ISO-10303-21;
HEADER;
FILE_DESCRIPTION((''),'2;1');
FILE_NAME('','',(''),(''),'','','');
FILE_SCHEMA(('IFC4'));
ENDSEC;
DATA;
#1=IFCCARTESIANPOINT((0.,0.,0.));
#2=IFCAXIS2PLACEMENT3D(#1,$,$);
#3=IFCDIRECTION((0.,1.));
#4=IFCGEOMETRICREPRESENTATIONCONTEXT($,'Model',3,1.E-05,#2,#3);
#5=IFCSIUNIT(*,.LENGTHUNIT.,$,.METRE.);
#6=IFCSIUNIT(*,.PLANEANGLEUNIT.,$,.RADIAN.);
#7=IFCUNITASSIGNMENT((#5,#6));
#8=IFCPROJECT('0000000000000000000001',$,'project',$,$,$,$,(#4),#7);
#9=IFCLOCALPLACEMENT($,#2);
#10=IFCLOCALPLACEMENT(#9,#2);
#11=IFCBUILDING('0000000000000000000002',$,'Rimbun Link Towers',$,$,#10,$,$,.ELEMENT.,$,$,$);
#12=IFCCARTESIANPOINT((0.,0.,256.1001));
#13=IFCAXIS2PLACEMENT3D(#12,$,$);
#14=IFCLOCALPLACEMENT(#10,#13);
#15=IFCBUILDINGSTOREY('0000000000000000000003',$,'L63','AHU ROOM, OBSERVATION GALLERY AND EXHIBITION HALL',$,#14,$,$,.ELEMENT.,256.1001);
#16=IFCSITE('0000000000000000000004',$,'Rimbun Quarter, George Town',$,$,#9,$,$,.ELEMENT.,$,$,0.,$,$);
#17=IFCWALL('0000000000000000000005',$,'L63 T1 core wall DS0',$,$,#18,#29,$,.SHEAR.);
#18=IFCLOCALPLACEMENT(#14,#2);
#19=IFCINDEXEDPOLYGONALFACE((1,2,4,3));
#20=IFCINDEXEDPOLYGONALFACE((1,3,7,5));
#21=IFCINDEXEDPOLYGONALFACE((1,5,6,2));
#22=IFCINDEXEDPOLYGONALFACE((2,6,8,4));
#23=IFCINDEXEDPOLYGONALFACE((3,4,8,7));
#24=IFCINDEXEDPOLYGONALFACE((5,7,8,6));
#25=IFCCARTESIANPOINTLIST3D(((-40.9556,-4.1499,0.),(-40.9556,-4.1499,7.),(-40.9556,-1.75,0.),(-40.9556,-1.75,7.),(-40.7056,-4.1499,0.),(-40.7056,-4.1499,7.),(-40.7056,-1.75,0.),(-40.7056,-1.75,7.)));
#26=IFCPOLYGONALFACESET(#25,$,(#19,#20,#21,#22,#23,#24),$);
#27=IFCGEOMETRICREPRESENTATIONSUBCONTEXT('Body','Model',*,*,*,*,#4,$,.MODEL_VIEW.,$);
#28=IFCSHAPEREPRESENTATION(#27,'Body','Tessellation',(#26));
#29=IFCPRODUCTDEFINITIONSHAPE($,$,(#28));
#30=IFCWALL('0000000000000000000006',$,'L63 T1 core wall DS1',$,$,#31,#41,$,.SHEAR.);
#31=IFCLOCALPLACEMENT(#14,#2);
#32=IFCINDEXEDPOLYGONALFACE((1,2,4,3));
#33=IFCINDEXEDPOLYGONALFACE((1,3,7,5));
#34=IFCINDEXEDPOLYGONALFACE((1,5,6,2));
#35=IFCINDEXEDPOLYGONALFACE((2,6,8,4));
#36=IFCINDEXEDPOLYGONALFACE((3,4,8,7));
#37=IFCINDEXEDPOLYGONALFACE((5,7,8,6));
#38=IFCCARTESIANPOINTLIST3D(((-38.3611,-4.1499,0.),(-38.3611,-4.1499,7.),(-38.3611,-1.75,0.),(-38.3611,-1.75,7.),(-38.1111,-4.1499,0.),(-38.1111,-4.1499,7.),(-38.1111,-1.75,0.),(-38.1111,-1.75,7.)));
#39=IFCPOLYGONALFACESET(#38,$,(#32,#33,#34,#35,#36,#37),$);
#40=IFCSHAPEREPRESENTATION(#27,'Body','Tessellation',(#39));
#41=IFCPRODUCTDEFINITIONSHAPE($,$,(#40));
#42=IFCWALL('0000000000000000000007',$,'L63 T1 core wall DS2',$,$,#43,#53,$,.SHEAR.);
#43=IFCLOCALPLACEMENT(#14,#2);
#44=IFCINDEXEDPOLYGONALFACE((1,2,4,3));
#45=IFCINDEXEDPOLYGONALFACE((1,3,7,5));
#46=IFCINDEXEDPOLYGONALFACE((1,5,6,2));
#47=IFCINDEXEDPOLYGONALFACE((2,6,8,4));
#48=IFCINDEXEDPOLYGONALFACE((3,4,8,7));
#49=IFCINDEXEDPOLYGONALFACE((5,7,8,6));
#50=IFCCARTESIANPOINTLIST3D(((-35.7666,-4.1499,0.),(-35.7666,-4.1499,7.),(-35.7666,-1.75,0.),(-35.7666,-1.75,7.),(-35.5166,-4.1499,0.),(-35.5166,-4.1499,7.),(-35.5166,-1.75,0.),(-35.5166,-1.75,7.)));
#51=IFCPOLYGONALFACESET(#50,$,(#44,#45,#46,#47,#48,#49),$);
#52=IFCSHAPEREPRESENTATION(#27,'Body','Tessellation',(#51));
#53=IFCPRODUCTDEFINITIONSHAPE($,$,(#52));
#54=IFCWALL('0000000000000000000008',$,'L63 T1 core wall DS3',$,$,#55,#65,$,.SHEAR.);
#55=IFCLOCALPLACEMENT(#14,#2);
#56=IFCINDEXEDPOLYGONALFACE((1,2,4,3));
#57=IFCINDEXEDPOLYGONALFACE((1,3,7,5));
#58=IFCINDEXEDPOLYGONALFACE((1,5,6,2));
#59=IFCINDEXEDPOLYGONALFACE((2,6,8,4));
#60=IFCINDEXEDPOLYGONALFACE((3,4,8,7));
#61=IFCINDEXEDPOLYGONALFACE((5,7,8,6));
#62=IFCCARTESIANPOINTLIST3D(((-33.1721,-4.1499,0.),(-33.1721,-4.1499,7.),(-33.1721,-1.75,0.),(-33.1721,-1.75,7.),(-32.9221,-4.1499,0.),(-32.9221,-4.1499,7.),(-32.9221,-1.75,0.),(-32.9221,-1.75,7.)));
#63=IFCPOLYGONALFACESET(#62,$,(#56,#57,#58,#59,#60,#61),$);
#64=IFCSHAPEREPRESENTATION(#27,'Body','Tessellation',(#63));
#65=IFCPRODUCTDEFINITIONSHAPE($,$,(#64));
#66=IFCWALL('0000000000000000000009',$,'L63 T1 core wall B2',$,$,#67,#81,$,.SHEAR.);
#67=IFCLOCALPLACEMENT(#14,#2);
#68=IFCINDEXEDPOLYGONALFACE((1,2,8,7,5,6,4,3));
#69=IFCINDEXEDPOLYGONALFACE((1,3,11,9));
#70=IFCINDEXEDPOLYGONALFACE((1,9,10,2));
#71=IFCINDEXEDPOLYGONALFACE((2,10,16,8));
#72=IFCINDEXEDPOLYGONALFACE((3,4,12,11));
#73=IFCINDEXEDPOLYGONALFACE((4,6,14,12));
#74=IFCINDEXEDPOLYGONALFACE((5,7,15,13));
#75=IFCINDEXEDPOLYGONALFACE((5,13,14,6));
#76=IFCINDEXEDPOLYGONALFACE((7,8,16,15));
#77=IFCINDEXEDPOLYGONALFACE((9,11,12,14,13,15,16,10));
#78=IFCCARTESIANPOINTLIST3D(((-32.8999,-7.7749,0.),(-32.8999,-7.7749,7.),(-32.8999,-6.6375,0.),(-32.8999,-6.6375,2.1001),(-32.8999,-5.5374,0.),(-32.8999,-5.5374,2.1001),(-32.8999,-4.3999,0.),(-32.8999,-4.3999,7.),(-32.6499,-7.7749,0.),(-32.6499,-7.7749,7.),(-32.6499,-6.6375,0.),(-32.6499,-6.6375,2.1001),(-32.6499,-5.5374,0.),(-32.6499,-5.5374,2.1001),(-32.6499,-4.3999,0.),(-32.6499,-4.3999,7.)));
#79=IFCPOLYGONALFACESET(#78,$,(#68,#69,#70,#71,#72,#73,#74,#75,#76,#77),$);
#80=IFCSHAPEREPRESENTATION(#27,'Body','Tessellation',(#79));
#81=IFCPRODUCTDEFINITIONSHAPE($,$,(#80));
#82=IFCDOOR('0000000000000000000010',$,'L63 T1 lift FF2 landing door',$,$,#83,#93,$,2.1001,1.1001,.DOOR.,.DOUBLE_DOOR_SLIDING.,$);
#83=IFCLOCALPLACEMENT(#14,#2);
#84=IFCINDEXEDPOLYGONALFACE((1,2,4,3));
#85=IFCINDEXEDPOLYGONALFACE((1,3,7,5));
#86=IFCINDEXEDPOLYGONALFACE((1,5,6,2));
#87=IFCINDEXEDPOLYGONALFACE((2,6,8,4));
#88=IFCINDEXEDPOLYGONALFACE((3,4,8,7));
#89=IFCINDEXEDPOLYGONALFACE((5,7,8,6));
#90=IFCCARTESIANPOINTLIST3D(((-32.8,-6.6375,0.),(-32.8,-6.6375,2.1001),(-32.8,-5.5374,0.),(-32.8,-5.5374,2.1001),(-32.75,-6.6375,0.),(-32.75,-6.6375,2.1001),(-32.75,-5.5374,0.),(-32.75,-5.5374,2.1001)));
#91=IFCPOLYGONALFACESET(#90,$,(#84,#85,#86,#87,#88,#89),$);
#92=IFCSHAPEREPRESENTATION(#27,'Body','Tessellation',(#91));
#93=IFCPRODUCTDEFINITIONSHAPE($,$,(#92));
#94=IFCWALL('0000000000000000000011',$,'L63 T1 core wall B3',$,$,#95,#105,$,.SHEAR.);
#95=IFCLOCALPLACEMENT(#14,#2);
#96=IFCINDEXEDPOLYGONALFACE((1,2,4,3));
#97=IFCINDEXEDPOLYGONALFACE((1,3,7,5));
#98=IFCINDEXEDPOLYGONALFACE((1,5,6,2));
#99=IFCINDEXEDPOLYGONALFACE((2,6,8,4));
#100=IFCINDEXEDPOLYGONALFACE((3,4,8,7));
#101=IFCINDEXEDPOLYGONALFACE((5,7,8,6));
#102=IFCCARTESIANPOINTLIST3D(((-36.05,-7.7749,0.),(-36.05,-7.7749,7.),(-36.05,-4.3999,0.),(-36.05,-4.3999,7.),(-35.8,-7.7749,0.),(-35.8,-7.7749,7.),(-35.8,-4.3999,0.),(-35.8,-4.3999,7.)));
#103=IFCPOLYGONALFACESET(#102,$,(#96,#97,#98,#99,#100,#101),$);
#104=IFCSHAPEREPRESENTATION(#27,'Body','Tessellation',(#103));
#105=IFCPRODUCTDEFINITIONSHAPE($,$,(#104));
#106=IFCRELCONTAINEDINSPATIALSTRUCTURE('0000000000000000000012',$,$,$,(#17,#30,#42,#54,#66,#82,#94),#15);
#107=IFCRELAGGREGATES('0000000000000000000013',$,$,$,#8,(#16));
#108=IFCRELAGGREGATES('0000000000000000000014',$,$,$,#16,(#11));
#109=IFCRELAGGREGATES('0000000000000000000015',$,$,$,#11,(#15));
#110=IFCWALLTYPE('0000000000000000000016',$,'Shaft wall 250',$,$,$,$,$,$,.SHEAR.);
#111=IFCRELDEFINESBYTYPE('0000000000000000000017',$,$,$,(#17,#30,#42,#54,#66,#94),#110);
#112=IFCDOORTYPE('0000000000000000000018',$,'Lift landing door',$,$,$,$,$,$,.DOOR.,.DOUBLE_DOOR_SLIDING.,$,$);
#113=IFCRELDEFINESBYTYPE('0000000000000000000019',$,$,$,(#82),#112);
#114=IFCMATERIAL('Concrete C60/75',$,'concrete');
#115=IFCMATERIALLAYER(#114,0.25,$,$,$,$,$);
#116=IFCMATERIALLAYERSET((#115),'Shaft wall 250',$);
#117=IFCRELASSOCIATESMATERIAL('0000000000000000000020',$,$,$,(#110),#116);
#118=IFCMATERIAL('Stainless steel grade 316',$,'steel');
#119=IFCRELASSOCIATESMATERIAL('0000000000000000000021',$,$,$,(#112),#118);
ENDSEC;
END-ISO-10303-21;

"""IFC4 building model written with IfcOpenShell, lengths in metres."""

from ifc_helpers import new_model, si_unit, direction, frame, frame_2d, origin, place, context, subcontext, project, spatial, rectangle, extrude, material, layer, layer_set, type_object, element, fill, save


model = new_model("IFC4")

# Units and contexts
model_context = context("Model", 3, precision=1e-05, world=origin(), true_north=direction((0.0, 1.0)))
body_context = subcontext(model_context, "Body", "Model", "MODEL_VIEW")
ifc_project = project(units=[si_unit("LENGTHUNIT", "METRE"), si_unit("PLANEANGLEUNIT", "RADIAN")], contexts=[model_context])

# Site, building, storey
site_placement = place(None, origin())
site = spatial("IfcSite", under=ifc_project, at=site_placement, Name="Rimbun Quarter, George Town", CompositionType="ELEMENT", RefElevation=0.0)
building_placement = place(site_placement, origin())
building = spatial("IfcBuilding", under=site, at=building_placement, Name="Rimbun Link Towers", CompositionType="ELEMENT")
storey_placement = place(building_placement, frame((0.0, 0.0, 256.1001)))
storey = spatial("IfcBuildingStorey", under=building, at=storey_placement, Name="L63", Description="AHU ROOM, OBSERVATION GALLERY AND EXHIBITION HALL", CompositionType="ELEMENT", Elevation=256.1001)

# Shared definitions
ifc_material_1 = material(Name="Concrete C60/75", Category="concrete")
ifc_layer = layer(ifc_material_1, 0.25)
ifc_layer_set = layer_set([ifc_layer], Name="Shaft wall 250")
wall_type = type_object("IfcWallType", Name="Shaft wall 250", PredefinedType="SHEAR", material=ifc_layer_set)

# Shared definitions
ifc_material_2 = material(Name="Stainless steel grade 316", Category="steel")
door_type_1 = type_object("IfcDoorType", Name="Lift landing door", OperationType="DOUBLE_DOOR_SLIDING", PredefinedType="DOOR", material=ifc_material_2)

# Walls
for number, where, z_axis, x_axis, name in (
    (1, (-40.8306, -4.1499, 0.0), (0.0, 0.0, 1.0), (0.0, 1.0, 0.0), "L63 T1 core wall DS0"),
    (2, (-38.2361, -4.1499, 0.0), (0.0, 0.0, 1.0), (0.0, 1.0, 0.0), "L63 T1 core wall DS1"),
    (3, (-35.6416, -4.1499, 0.0), (0.0, 0.0, 1.0), (0.0, 1.0, 0.0), "L63 T1 core wall DS2"),
    (4, (-33.0471, -4.1499, 0.0), (0.0, 0.0, 1.0), (0.0, 1.0, 0.0), "L63 T1 core wall DS3"),
):
    element("IfcWall", number, at=place(storey_placement, frame(where, z_axis=z_axis, x_axis=x_axis)), inside=storey, type_object=wall_type, Name=name, PredefinedType="SHEAR", context=body_context, shape_type="SweptSolid", body=[
        extrude(rectangle(XDim=2.3999, YDim=0.25, at=frame_2d((1.2, 0.0))), origin(), (0.0, 0.0, 1.0), 7.0),
    ])

# Wall, opening, door
wall_1_placement = place(storey_placement, frame((-32.7749, -4.3999, 0.0), z_axis=(0.0, 0.0, 1.0), x_axis=(0.0, -1.0, 0.0)))
wall_1 = element("IfcWall", 5, at=wall_1_placement, inside=storey, type_object=wall_type, Name="L63 T1 core wall B2", PredefinedType="SHEAR", context=body_context, shape_type="SweptSolid", body=[
    extrude(rectangle(XDim=3.375, YDim=0.25, at=frame_2d((1.6875, 0.0))), origin(), (0.0, 0.0, 1.0), 7.0),
])
opening_1_placement = place(wall_1_placement, frame((1.1375, 0.0, 0.0)))
opening_1 = element("IfcOpeningElement", 6, at=opening_1_placement, cuts=wall_1, PredefinedType="OPENING", context=body_context, shape_type="SweptSolid", body=[
    extrude(rectangle(XDim=1.1001, YDim=2.1001, at=frame_2d((0.55, 1.05))), frame((0.0, 0.135, 0.0), z_axis=(0.0, -1.0, 0.0), x_axis=(1.0, 0.0, 0.0)), (0.0, 0.0, 1.0), 0.27),
])
door_1_placement = place(opening_1_placement, origin())
door_1 = element("IfcDoor", 7, at=door_1_placement, inside=storey, type_object=door_type_1, Name="L63 T1 lift FF2 landing door", OperationType="DOUBLE_DOOR_SLIDING", OverallHeight=2.1001, OverallWidth=1.1001, PredefinedType="DOOR", context=body_context, shape_type="SweptSolid", body=[
    extrude(rectangle(XDim=1.1001, YDim=2.1001, at=frame_2d((0.55, 1.05))), frame((0.0, 0.0249, 0.0), z_axis=(0.0, -1.0, 0.0), x_axis=(1.0, 0.0, 0.0)), (0.0, 0.0, 1.0), 0.05),
])
fill(opening_1, door_1)

# Wall
wall_2_placement = place(storey_placement, frame((-35.925, -4.3999, 0.0), z_axis=(0.0, 0.0, 1.0), x_axis=(0.0, -1.0, 0.0)))
element("IfcWall", 8, at=wall_2_placement, inside=storey, type_object=wall_type, Name="L63 T1 core wall B3", PredefinedType="SHEAR", context=body_context, shape_type="SweptSolid", body=[
    extrude(rectangle(XDim=3.375, YDim=0.25, at=frame_2d((1.6875, 0.0))), origin(), (0.0, 0.0, 1.0), 7.0),
])

save(model, "model.ifc")
